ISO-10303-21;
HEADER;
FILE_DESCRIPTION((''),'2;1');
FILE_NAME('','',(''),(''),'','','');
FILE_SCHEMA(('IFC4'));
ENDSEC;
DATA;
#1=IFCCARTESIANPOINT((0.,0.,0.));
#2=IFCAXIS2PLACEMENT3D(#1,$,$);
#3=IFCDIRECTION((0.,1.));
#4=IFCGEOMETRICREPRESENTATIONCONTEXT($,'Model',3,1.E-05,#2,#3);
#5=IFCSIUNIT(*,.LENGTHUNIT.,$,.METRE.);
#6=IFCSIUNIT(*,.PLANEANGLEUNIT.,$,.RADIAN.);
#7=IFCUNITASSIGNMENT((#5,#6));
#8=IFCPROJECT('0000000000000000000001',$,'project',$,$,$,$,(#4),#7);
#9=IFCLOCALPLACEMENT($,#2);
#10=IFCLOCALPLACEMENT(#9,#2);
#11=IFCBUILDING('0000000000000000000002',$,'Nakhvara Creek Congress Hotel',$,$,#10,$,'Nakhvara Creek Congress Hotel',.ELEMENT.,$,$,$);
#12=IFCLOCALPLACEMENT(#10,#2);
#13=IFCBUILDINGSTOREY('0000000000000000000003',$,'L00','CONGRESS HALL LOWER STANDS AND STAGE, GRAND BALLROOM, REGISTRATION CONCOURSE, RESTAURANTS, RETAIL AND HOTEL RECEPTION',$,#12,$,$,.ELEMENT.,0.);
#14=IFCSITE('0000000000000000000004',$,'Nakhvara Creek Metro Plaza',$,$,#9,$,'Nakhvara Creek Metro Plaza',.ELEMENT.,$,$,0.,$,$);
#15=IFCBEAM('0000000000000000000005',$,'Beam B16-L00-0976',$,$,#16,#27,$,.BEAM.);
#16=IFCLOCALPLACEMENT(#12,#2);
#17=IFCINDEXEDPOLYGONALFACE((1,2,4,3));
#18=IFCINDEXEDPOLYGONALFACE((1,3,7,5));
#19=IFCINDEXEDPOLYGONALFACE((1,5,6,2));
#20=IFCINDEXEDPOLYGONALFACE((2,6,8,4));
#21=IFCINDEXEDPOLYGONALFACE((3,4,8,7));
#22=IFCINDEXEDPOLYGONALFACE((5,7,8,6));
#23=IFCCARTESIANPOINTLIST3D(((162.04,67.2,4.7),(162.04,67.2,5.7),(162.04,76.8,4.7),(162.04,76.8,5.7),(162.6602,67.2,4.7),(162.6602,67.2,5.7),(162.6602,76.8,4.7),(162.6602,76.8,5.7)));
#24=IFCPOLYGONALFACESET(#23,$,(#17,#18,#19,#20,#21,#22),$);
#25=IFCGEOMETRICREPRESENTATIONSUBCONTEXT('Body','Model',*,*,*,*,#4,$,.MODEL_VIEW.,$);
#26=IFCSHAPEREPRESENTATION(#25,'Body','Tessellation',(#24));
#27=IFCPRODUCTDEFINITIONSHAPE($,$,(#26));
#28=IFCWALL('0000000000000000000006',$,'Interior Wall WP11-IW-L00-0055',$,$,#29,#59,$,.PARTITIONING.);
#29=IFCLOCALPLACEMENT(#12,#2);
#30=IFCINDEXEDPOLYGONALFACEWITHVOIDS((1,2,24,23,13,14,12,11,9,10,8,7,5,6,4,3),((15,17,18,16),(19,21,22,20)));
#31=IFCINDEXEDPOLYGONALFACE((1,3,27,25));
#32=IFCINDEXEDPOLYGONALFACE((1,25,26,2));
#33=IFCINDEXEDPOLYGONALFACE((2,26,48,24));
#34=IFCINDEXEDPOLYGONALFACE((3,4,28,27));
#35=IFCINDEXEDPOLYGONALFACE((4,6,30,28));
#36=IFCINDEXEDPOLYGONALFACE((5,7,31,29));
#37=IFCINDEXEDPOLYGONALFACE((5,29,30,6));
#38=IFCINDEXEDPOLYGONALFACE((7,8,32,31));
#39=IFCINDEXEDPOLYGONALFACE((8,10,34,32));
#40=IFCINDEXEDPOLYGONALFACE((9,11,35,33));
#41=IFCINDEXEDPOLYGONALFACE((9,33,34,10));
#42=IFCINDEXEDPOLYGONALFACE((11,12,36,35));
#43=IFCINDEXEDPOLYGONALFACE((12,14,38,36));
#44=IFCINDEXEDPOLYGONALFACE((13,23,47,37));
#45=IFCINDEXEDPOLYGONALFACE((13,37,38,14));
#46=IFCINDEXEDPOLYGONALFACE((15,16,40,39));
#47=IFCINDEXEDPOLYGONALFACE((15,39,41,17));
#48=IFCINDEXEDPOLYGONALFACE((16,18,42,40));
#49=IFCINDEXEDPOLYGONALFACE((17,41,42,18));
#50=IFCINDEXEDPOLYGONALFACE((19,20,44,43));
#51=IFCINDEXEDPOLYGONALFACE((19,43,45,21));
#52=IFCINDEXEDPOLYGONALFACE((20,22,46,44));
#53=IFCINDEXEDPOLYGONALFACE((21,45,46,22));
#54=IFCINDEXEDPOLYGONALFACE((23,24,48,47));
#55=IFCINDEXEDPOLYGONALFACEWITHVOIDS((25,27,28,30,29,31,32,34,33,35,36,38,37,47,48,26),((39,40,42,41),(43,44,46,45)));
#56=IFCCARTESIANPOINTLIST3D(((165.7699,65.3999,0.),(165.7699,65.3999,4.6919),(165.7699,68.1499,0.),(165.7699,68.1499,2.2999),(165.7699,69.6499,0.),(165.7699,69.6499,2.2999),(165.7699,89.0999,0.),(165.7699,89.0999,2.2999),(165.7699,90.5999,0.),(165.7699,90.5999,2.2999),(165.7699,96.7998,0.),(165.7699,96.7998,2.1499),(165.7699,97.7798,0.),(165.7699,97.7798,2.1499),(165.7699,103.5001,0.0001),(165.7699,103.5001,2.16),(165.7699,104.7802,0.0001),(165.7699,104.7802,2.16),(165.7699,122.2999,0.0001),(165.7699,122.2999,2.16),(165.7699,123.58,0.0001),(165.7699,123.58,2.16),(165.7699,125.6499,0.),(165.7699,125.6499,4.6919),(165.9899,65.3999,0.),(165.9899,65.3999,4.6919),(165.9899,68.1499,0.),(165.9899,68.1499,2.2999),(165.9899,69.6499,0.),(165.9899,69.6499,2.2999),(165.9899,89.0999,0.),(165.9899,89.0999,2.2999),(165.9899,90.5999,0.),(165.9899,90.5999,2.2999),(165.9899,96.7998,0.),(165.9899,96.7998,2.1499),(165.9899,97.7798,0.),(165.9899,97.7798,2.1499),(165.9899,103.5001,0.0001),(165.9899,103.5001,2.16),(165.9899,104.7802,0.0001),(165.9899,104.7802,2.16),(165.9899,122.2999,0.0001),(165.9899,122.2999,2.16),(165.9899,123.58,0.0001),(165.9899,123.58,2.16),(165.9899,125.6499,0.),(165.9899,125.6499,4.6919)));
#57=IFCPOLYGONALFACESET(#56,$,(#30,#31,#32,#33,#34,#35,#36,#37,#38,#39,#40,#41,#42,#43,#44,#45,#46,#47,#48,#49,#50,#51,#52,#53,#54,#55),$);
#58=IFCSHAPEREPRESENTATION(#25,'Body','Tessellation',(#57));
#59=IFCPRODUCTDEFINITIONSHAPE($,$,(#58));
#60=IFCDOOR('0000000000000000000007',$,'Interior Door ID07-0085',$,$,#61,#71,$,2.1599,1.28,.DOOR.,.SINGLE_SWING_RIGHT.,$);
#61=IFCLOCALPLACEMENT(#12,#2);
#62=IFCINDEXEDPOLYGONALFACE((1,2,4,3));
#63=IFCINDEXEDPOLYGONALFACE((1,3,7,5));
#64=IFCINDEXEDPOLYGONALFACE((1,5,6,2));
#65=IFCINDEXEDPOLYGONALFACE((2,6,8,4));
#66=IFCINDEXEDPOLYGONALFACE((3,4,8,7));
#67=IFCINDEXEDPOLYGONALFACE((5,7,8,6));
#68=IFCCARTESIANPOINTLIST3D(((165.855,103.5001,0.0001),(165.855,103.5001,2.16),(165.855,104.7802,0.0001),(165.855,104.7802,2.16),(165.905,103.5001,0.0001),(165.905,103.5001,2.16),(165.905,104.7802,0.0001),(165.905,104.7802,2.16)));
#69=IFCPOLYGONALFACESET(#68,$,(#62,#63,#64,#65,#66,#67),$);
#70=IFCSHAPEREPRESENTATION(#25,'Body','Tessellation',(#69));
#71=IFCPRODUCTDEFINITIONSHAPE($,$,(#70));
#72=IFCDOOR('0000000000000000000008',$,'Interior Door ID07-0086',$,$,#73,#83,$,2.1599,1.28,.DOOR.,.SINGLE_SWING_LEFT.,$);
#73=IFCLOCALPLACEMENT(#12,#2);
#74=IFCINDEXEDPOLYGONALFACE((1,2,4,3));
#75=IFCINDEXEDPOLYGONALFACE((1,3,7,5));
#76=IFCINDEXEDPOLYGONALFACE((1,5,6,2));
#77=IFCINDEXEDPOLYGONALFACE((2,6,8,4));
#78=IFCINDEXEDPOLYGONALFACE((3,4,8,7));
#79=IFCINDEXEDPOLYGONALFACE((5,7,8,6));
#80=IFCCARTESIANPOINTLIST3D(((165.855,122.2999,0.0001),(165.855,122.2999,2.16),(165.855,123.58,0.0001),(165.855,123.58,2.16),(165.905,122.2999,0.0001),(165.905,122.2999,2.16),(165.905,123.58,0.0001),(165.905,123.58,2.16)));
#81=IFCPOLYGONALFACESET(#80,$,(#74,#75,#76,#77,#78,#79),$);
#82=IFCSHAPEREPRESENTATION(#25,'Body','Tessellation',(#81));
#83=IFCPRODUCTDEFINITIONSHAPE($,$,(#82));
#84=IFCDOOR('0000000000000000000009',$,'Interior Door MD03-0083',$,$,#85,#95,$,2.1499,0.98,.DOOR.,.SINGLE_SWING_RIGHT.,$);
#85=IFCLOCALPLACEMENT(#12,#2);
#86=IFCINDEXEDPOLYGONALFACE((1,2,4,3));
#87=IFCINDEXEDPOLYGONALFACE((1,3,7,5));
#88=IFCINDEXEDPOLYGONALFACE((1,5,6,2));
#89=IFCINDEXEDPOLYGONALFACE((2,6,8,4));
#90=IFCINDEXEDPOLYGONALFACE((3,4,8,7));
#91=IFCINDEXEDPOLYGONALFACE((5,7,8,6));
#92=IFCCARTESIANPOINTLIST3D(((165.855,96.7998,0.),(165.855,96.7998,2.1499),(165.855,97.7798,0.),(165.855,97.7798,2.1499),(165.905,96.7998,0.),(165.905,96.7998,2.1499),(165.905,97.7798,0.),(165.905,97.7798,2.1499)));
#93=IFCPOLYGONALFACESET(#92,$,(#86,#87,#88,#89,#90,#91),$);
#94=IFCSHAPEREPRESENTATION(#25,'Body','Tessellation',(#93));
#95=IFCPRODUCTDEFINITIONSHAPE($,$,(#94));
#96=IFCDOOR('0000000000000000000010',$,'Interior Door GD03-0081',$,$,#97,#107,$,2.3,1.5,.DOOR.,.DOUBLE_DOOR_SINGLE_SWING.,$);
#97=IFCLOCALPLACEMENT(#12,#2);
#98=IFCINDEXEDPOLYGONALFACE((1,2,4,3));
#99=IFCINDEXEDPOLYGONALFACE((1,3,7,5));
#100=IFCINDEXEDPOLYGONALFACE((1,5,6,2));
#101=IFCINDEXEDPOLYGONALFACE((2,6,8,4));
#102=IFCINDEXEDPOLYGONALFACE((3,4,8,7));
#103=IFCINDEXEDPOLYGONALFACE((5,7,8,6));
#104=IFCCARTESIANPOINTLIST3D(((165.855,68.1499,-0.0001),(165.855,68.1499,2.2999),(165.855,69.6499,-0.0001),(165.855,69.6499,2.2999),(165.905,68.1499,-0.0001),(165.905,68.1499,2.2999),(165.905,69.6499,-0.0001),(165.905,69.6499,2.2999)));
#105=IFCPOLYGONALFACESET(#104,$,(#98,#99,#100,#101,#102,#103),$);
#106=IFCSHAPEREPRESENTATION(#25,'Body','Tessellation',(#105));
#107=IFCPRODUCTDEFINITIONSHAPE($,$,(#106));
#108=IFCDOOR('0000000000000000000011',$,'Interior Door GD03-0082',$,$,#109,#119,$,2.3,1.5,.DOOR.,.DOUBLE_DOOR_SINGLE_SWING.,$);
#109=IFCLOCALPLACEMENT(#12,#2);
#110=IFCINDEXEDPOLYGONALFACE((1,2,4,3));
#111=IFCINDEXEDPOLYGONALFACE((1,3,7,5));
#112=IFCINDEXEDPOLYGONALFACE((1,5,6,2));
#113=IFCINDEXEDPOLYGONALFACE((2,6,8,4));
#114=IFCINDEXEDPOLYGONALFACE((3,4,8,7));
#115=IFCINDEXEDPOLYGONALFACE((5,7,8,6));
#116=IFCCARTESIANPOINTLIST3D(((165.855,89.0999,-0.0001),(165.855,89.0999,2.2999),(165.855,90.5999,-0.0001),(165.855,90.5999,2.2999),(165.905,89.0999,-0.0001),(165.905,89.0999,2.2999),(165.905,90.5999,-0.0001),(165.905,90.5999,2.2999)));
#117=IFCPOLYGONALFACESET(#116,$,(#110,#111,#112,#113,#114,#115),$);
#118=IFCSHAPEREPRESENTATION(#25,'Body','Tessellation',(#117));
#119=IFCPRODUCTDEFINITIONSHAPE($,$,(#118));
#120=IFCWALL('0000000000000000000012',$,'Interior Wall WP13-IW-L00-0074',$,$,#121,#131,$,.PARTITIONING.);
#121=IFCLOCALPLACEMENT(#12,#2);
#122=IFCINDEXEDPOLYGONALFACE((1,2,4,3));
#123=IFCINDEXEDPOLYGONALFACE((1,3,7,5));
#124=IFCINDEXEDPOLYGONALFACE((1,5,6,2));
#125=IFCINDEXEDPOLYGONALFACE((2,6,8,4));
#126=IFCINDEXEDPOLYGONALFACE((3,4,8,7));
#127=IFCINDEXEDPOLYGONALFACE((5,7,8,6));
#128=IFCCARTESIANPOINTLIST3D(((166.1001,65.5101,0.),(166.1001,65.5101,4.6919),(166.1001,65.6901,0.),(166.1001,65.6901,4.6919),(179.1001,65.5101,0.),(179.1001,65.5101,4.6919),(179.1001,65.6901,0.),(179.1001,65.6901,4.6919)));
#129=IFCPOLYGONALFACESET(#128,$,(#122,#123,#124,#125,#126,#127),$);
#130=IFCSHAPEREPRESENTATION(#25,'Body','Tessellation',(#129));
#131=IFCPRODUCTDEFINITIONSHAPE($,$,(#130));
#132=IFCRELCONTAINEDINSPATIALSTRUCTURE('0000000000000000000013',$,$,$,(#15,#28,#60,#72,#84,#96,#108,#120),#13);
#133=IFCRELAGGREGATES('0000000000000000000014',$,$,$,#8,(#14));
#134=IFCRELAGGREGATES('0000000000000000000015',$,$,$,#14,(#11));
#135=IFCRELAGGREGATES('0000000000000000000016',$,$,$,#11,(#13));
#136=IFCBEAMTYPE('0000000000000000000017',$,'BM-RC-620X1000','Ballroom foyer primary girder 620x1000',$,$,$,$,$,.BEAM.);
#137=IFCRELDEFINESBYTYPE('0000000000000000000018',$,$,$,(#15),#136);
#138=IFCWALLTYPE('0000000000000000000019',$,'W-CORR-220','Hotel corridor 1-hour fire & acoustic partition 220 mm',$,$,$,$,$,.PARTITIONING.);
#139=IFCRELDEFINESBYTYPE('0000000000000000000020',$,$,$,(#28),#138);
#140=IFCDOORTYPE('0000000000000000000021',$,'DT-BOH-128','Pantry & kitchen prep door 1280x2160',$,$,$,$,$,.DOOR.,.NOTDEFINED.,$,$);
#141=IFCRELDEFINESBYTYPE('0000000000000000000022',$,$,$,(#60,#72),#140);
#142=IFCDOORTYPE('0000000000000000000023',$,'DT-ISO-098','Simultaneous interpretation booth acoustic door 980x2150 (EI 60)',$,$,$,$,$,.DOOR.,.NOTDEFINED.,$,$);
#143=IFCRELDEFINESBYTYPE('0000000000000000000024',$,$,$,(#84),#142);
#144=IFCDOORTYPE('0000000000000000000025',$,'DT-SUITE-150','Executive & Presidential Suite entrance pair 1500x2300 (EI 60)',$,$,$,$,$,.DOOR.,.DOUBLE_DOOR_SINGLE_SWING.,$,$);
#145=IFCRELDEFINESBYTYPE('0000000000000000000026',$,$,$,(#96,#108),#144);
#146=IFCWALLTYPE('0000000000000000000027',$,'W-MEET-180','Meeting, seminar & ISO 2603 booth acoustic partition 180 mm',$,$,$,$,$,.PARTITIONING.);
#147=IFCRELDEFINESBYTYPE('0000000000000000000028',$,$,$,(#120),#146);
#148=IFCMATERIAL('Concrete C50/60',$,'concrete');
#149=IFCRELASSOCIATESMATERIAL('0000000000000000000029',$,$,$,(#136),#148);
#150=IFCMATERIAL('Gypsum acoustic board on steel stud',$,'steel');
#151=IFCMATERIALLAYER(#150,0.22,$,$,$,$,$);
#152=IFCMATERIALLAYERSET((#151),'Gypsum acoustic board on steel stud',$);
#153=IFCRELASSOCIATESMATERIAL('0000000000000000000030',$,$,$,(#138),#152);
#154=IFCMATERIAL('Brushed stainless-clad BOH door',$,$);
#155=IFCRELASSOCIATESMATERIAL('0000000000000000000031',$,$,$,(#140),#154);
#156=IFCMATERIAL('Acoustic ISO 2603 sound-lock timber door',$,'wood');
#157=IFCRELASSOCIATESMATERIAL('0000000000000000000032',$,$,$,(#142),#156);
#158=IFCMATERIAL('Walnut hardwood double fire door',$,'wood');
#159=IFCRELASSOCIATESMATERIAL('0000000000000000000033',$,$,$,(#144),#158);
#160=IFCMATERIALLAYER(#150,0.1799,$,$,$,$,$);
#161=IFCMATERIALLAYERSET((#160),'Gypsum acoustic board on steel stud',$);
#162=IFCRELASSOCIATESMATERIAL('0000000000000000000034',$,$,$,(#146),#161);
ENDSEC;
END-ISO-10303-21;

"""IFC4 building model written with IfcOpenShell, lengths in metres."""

from ifc_helpers import new_model, si_unit, direction, frame, frame_2d, origin, origin_2d, place, context, subcontext, project, spatial, rectangle, extrude, material, layer, layer_set, material_profile, profile_set, type_object, element, fill, save


model = new_model("IFC4")

# Units and contexts
model_context = context("Model", 3, precision=1e-05, world=origin(), true_north=direction((0.0, 1.0)))
body_context = subcontext(model_context, "Body", "Model", "MODEL_VIEW")
ifc_project = project(units=[si_unit("LENGTHUNIT", "METRE"), si_unit("PLANEANGLEUNIT", "RADIAN")], contexts=[model_context])

# Site, building, storey
site_placement = place(None, origin())
site = spatial("IfcSite", under=ifc_project, at=site_placement, Name="Nakhvara Creek Metro Plaza", LongName="Nakhvara Creek Metro Plaza", CompositionType="ELEMENT", RefElevation=0.0)
building_placement = place(site_placement, origin())
building = spatial("IfcBuilding", under=site, at=building_placement, Name="Nakhvara Creek Congress Hotel", LongName="Nakhvara Creek Congress Hotel", CompositionType="ELEMENT")
storey_placement = place(building_placement, origin())
storey = spatial("IfcBuildingStorey", under=building, at=storey_placement, Name="L00", Description="CONGRESS HALL LOWER STANDS AND STAGE, GRAND BALLROOM, REGISTRATION CONCOURSE, RESTAURANTS, RETAIL AND HOTEL RECEPTION", CompositionType="ELEMENT", Elevation=0.0)

# Shared definitions
ifc_material_1 = material(Name="Concrete C50/60", Category="concrete")

# Beam
ifc_material_profile_1 = material_profile(ifc_material_1, rectangle(XDim=0.6201, YDim=1.0, at=origin_2d()), Name="RC-BM 620x1000", Category="LoadBearing")
ifc_profile_set_1 = profile_set([ifc_material_profile_1], Name="Concrete C50/60")
beam_type = type_object("IfcBeamType", Name="BM-RC-620X1000", Description="Ballroom foyer primary girder 620x1000", PredefinedType="BEAM", material=ifc_profile_set_1)
beam_1_placement = place(storey_placement, frame((162.3501, 67.2, 5.2), z_axis=(0.0, 1.0, 0.0), x_axis=(-1.0, 0.0, 0.0)))
element("IfcBeam", 1, at=beam_1_placement, inside=storey, type_object=beam_type, Name="Beam B16-L00-0976", PredefinedType="BEAM", context=body_context, shape_type="SweptSolid", body=[
    extrude(rectangle(XDim=0.6201, YDim=1.0, at=origin_2d()), origin(), (0.0, 0.0, 1.0), 9.6001),
])

# Wall, openings, doors
ifc_material_2 = material(Name="Gypsum acoustic board on steel stud", Category="steel")
ifc_layer_1 = layer(ifc_material_2, 0.22)
ifc_layer_set_1 = layer_set([ifc_layer_1], Name="Gypsum acoustic board on steel stud")
wall_type_1 = type_object("IfcWallType", Name="W-CORR-220", Description="Hotel corridor 1-hour fire & acoustic partition 220 mm", PredefinedType="PARTITIONING", material=ifc_layer_set_1)
wall_1_placement = place(storey_placement, frame((165.8799, 65.3999, 0.0), z_axis=(0.0, 0.0, 1.0), x_axis=(0.0, 1.0, 0.0)))
wall_1 = element("IfcWall", 2, at=wall_1_placement, inside=storey, type_object=wall_type_1, Name="Interior Wall WP11-IW-L00-0055", PredefinedType="PARTITIONING", context=body_context, shape_type="SweptSolid", body=[
    extrude(rectangle(XDim=60.25, YDim=0.22, at=frame_2d((30.125, 0.0))), origin(), (0.0, 0.0, 1.0), 4.6919),
])
opening_1_placement = place(wall_1_placement, frame((2.75, 0.0, 0.0)))
opening_1 = element("IfcOpeningElement", 3, at=opening_1_placement, cuts=wall_1, PredefinedType="OPENING", context=body_context, shape_type="SweptSolid", body=[
    extrude(rectangle(XDim=1.5, YDim=2.3, at=frame_2d((0.75, 1.1499))), frame((0.0, 0.1221, 0.0), z_axis=(0.0, -1.0, 0.0), x_axis=(1.0, 0.0, 0.0)), (0.0, 0.0, 1.0), 0.2439),
])
opening_2_placement = place(wall_1_placement, frame((23.7, 0.0, 0.0)))
opening_2 = element("IfcOpeningElement", 4, at=opening_2_placement, cuts=wall_1, PredefinedType="OPENING", context=body_context, shape_type="SweptSolid", body=[
    extrude(rectangle(XDim=1.5, YDim=2.3, at=frame_2d((0.75, 1.1499))), frame((0.0, 0.1221, 0.0), z_axis=(0.0, -1.0, 0.0), x_axis=(1.0, 0.0, 0.0)), (0.0, 0.0, 1.0), 0.2439),
])
opening_3_placement = place(wall_1_placement, frame((31.3999, 0.0, 0.0)))
opening_3 = element("IfcOpeningElement", 5, at=opening_3_placement, cuts=wall_1, PredefinedType="OPENING", context=body_context, shape_type="SweptSolid", body=[
    extrude(rectangle(XDim=0.98, YDim=2.1499, at=frame_2d((0.49, 1.075))), frame((0.0, 0.1221, 0.0), z_axis=(0.0, -1.0, 0.0), x_axis=(1.0, 0.0, 0.0)), (0.0, 0.0, 1.0), 0.2439),
])
opening_4_placement = place(wall_1_placement, frame((38.1001, 0.0, 0.0)))
opening_4 = element("IfcOpeningElement", 6, at=opening_4_placement, cuts=wall_1, PredefinedType="OPENING", context=body_context, shape_type="SweptSolid", body=[
    extrude(rectangle(XDim=1.28, YDim=2.1599, at=frame_2d((0.6401, 1.0801))), frame((0.0, 0.1221, 0.0), z_axis=(0.0, -1.0, 0.0), x_axis=(1.0, 0.0, 0.0)), (0.0, 0.0, 1.0), 0.2439),
])
opening_5_placement = place(wall_1_placement, frame((56.8999, 0.0, 0.0)))
opening_5 = element("IfcOpeningElement", 7, at=opening_5_placement, cuts=wall_1, PredefinedType="OPENING", context=body_context, shape_type="SweptSolid", body=[
    extrude(rectangle(XDim=1.28, YDim=2.1599, at=frame_2d((0.6401, 1.0801))), frame((0.0, 0.1221, 0.0), z_axis=(0.0, -1.0, 0.0), x_axis=(1.0, 0.0, 0.0)), (0.0, 0.0, 1.0), 0.2439),
])
ifc_material_3 = material(Name="Brushed stainless-clad BOH door")
door_type_1 = type_object("IfcDoorType", Name="DT-BOH-128", Description="Pantry & kitchen prep door 1280x2160", OperationType="NOTDEFINED", PredefinedType="DOOR", material=ifc_material_3)
door_1_placement = place(opening_4_placement, origin())
door_1 = element("IfcDoor", 8, at=door_1_placement, inside=storey, type_object=door_type_1, Name="Interior Door ID07-0085", OperationType="SINGLE_SWING_RIGHT", OverallHeight=2.1599, OverallWidth=1.28, PredefinedType="DOOR", context=body_context, shape_type="SweptSolid", body=[
    extrude(rectangle(XDim=1.28, YDim=2.1599, at=frame_2d((0.6401, 1.0801))), frame((0.0, 0.0249, 0.0), z_axis=(0.0, -1.0, 0.0), x_axis=(1.0, 0.0, 0.0)), (0.0, 0.0, 1.0), 0.05),
])
fill(opening_4, door_1)
door_2_placement = place(opening_5_placement, origin())
door_2 = element("IfcDoor", 9, at=door_2_placement, inside=storey, type_object=door_type_1, Name="Interior Door ID07-0086", OperationType="SINGLE_SWING_LEFT", OverallHeight=2.1599, OverallWidth=1.28, PredefinedType="DOOR", context=body_context, shape_type="SweptSolid", body=[
    extrude(rectangle(XDim=1.28, YDim=2.1599, at=frame_2d((0.6401, 1.0801))), frame((0.0, 0.0249, 0.0), z_axis=(0.0, -1.0, 0.0), x_axis=(1.0, 0.0, 0.0)), (0.0, 0.0, 1.0), 0.05),
])
fill(opening_5, door_2)
ifc_material_4 = material(Name="Acoustic ISO 2603 sound-lock timber door", Category="wood")
door_type_2 = type_object("IfcDoorType", Name="DT-ISO-098", Description="Simultaneous interpretation booth acoustic door 980x2150 (EI 60)", OperationType="NOTDEFINED", PredefinedType="DOOR", material=ifc_material_4)
door_3_placement = place(opening_3_placement, origin())
door_3 = element("IfcDoor", 10, at=door_3_placement, inside=storey, type_object=door_type_2, Name="Interior Door MD03-0083", OperationType="SINGLE_SWING_RIGHT", OverallHeight=2.1499, OverallWidth=0.98, PredefinedType="DOOR", context=body_context, shape_type="SweptSolid", body=[
    extrude(rectangle(XDim=0.98, YDim=2.1499, at=frame_2d((0.49, 1.075))), frame((0.0, 0.0249, 0.0), z_axis=(0.0, -1.0, 0.0), x_axis=(1.0, 0.0, 0.0)), (0.0, 0.0, 1.0), 0.05),
])
fill(opening_3, door_3)
ifc_material_5 = material(Name="Walnut hardwood double fire door", Category="wood")
door_type_3 = type_object("IfcDoorType", Name="DT-SUITE-150", Description="Executive & Presidential Suite entrance pair 1500x2300 (EI 60)", OperationType="DOUBLE_DOOR_SINGLE_SWING", PredefinedType="DOOR", material=ifc_material_5)
door_4_placement = place(opening_1_placement, origin())
door_4 = element("IfcDoor", 11, at=door_4_placement, inside=storey, type_object=door_type_3, Name="Interior Door GD03-0081", OperationType="DOUBLE_DOOR_SINGLE_SWING", OverallHeight=2.3, OverallWidth=1.5, PredefinedType="DOOR", context=body_context, shape_type="SweptSolid", body=[
    extrude(rectangle(XDim=1.5, YDim=2.3, at=frame_2d((0.75, 1.1499))), frame((0.0, 0.0249, 0.0), z_axis=(0.0, -1.0, 0.0), x_axis=(1.0, 0.0, 0.0)), (0.0, 0.0, 1.0), 0.05),
])
fill(opening_1, door_4)
door_5_placement = place(opening_2_placement, origin())
door_5 = element("IfcDoor", 12, at=door_5_placement, inside=storey, type_object=door_type_3, Name="Interior Door GD03-0082", OperationType="DOUBLE_DOOR_SINGLE_SWING", OverallHeight=2.3, OverallWidth=1.5, PredefinedType="DOOR", context=body_context, shape_type="SweptSolid", body=[
    extrude(rectangle(XDim=1.5, YDim=2.3, at=frame_2d((0.75, 1.1499))), frame((0.0, 0.0249, 0.0), z_axis=(0.0, -1.0, 0.0), x_axis=(1.0, 0.0, 0.0)), (0.0, 0.0, 1.0), 0.05),
])
fill(opening_2, door_5)

# Wall
ifc_layer_2 = layer(ifc_material_2, 0.1799)
ifc_layer_set_2 = layer_set([ifc_layer_2], Name="Gypsum acoustic board on steel stud")
wall_type_2 = type_object("IfcWallType", Name="W-MEET-180", Description="Meeting, seminar & ISO 2603 booth acoustic partition 180 mm", PredefinedType="PARTITIONING", material=ifc_layer_set_2)
wall_2_placement = place(storey_placement, frame((166.1001, 65.6001, 0.0), z_axis=(0.0, 0.0, 1.0), x_axis=(1.0, 0.0, 0.0)))
element("IfcWall", 13, at=wall_2_placement, inside=storey, type_object=wall_type_2, Name="Interior Wall WP13-IW-L00-0074", PredefinedType="PARTITIONING", context=body_context, shape_type="SweptSolid", body=[
    extrude(rectangle(XDim=13.0, YDim=0.1799, at=frame_2d((6.5, 0.0))), origin(), (0.0, 0.0, 1.0), 4.6919),
])

save(model, "model.ifc")
